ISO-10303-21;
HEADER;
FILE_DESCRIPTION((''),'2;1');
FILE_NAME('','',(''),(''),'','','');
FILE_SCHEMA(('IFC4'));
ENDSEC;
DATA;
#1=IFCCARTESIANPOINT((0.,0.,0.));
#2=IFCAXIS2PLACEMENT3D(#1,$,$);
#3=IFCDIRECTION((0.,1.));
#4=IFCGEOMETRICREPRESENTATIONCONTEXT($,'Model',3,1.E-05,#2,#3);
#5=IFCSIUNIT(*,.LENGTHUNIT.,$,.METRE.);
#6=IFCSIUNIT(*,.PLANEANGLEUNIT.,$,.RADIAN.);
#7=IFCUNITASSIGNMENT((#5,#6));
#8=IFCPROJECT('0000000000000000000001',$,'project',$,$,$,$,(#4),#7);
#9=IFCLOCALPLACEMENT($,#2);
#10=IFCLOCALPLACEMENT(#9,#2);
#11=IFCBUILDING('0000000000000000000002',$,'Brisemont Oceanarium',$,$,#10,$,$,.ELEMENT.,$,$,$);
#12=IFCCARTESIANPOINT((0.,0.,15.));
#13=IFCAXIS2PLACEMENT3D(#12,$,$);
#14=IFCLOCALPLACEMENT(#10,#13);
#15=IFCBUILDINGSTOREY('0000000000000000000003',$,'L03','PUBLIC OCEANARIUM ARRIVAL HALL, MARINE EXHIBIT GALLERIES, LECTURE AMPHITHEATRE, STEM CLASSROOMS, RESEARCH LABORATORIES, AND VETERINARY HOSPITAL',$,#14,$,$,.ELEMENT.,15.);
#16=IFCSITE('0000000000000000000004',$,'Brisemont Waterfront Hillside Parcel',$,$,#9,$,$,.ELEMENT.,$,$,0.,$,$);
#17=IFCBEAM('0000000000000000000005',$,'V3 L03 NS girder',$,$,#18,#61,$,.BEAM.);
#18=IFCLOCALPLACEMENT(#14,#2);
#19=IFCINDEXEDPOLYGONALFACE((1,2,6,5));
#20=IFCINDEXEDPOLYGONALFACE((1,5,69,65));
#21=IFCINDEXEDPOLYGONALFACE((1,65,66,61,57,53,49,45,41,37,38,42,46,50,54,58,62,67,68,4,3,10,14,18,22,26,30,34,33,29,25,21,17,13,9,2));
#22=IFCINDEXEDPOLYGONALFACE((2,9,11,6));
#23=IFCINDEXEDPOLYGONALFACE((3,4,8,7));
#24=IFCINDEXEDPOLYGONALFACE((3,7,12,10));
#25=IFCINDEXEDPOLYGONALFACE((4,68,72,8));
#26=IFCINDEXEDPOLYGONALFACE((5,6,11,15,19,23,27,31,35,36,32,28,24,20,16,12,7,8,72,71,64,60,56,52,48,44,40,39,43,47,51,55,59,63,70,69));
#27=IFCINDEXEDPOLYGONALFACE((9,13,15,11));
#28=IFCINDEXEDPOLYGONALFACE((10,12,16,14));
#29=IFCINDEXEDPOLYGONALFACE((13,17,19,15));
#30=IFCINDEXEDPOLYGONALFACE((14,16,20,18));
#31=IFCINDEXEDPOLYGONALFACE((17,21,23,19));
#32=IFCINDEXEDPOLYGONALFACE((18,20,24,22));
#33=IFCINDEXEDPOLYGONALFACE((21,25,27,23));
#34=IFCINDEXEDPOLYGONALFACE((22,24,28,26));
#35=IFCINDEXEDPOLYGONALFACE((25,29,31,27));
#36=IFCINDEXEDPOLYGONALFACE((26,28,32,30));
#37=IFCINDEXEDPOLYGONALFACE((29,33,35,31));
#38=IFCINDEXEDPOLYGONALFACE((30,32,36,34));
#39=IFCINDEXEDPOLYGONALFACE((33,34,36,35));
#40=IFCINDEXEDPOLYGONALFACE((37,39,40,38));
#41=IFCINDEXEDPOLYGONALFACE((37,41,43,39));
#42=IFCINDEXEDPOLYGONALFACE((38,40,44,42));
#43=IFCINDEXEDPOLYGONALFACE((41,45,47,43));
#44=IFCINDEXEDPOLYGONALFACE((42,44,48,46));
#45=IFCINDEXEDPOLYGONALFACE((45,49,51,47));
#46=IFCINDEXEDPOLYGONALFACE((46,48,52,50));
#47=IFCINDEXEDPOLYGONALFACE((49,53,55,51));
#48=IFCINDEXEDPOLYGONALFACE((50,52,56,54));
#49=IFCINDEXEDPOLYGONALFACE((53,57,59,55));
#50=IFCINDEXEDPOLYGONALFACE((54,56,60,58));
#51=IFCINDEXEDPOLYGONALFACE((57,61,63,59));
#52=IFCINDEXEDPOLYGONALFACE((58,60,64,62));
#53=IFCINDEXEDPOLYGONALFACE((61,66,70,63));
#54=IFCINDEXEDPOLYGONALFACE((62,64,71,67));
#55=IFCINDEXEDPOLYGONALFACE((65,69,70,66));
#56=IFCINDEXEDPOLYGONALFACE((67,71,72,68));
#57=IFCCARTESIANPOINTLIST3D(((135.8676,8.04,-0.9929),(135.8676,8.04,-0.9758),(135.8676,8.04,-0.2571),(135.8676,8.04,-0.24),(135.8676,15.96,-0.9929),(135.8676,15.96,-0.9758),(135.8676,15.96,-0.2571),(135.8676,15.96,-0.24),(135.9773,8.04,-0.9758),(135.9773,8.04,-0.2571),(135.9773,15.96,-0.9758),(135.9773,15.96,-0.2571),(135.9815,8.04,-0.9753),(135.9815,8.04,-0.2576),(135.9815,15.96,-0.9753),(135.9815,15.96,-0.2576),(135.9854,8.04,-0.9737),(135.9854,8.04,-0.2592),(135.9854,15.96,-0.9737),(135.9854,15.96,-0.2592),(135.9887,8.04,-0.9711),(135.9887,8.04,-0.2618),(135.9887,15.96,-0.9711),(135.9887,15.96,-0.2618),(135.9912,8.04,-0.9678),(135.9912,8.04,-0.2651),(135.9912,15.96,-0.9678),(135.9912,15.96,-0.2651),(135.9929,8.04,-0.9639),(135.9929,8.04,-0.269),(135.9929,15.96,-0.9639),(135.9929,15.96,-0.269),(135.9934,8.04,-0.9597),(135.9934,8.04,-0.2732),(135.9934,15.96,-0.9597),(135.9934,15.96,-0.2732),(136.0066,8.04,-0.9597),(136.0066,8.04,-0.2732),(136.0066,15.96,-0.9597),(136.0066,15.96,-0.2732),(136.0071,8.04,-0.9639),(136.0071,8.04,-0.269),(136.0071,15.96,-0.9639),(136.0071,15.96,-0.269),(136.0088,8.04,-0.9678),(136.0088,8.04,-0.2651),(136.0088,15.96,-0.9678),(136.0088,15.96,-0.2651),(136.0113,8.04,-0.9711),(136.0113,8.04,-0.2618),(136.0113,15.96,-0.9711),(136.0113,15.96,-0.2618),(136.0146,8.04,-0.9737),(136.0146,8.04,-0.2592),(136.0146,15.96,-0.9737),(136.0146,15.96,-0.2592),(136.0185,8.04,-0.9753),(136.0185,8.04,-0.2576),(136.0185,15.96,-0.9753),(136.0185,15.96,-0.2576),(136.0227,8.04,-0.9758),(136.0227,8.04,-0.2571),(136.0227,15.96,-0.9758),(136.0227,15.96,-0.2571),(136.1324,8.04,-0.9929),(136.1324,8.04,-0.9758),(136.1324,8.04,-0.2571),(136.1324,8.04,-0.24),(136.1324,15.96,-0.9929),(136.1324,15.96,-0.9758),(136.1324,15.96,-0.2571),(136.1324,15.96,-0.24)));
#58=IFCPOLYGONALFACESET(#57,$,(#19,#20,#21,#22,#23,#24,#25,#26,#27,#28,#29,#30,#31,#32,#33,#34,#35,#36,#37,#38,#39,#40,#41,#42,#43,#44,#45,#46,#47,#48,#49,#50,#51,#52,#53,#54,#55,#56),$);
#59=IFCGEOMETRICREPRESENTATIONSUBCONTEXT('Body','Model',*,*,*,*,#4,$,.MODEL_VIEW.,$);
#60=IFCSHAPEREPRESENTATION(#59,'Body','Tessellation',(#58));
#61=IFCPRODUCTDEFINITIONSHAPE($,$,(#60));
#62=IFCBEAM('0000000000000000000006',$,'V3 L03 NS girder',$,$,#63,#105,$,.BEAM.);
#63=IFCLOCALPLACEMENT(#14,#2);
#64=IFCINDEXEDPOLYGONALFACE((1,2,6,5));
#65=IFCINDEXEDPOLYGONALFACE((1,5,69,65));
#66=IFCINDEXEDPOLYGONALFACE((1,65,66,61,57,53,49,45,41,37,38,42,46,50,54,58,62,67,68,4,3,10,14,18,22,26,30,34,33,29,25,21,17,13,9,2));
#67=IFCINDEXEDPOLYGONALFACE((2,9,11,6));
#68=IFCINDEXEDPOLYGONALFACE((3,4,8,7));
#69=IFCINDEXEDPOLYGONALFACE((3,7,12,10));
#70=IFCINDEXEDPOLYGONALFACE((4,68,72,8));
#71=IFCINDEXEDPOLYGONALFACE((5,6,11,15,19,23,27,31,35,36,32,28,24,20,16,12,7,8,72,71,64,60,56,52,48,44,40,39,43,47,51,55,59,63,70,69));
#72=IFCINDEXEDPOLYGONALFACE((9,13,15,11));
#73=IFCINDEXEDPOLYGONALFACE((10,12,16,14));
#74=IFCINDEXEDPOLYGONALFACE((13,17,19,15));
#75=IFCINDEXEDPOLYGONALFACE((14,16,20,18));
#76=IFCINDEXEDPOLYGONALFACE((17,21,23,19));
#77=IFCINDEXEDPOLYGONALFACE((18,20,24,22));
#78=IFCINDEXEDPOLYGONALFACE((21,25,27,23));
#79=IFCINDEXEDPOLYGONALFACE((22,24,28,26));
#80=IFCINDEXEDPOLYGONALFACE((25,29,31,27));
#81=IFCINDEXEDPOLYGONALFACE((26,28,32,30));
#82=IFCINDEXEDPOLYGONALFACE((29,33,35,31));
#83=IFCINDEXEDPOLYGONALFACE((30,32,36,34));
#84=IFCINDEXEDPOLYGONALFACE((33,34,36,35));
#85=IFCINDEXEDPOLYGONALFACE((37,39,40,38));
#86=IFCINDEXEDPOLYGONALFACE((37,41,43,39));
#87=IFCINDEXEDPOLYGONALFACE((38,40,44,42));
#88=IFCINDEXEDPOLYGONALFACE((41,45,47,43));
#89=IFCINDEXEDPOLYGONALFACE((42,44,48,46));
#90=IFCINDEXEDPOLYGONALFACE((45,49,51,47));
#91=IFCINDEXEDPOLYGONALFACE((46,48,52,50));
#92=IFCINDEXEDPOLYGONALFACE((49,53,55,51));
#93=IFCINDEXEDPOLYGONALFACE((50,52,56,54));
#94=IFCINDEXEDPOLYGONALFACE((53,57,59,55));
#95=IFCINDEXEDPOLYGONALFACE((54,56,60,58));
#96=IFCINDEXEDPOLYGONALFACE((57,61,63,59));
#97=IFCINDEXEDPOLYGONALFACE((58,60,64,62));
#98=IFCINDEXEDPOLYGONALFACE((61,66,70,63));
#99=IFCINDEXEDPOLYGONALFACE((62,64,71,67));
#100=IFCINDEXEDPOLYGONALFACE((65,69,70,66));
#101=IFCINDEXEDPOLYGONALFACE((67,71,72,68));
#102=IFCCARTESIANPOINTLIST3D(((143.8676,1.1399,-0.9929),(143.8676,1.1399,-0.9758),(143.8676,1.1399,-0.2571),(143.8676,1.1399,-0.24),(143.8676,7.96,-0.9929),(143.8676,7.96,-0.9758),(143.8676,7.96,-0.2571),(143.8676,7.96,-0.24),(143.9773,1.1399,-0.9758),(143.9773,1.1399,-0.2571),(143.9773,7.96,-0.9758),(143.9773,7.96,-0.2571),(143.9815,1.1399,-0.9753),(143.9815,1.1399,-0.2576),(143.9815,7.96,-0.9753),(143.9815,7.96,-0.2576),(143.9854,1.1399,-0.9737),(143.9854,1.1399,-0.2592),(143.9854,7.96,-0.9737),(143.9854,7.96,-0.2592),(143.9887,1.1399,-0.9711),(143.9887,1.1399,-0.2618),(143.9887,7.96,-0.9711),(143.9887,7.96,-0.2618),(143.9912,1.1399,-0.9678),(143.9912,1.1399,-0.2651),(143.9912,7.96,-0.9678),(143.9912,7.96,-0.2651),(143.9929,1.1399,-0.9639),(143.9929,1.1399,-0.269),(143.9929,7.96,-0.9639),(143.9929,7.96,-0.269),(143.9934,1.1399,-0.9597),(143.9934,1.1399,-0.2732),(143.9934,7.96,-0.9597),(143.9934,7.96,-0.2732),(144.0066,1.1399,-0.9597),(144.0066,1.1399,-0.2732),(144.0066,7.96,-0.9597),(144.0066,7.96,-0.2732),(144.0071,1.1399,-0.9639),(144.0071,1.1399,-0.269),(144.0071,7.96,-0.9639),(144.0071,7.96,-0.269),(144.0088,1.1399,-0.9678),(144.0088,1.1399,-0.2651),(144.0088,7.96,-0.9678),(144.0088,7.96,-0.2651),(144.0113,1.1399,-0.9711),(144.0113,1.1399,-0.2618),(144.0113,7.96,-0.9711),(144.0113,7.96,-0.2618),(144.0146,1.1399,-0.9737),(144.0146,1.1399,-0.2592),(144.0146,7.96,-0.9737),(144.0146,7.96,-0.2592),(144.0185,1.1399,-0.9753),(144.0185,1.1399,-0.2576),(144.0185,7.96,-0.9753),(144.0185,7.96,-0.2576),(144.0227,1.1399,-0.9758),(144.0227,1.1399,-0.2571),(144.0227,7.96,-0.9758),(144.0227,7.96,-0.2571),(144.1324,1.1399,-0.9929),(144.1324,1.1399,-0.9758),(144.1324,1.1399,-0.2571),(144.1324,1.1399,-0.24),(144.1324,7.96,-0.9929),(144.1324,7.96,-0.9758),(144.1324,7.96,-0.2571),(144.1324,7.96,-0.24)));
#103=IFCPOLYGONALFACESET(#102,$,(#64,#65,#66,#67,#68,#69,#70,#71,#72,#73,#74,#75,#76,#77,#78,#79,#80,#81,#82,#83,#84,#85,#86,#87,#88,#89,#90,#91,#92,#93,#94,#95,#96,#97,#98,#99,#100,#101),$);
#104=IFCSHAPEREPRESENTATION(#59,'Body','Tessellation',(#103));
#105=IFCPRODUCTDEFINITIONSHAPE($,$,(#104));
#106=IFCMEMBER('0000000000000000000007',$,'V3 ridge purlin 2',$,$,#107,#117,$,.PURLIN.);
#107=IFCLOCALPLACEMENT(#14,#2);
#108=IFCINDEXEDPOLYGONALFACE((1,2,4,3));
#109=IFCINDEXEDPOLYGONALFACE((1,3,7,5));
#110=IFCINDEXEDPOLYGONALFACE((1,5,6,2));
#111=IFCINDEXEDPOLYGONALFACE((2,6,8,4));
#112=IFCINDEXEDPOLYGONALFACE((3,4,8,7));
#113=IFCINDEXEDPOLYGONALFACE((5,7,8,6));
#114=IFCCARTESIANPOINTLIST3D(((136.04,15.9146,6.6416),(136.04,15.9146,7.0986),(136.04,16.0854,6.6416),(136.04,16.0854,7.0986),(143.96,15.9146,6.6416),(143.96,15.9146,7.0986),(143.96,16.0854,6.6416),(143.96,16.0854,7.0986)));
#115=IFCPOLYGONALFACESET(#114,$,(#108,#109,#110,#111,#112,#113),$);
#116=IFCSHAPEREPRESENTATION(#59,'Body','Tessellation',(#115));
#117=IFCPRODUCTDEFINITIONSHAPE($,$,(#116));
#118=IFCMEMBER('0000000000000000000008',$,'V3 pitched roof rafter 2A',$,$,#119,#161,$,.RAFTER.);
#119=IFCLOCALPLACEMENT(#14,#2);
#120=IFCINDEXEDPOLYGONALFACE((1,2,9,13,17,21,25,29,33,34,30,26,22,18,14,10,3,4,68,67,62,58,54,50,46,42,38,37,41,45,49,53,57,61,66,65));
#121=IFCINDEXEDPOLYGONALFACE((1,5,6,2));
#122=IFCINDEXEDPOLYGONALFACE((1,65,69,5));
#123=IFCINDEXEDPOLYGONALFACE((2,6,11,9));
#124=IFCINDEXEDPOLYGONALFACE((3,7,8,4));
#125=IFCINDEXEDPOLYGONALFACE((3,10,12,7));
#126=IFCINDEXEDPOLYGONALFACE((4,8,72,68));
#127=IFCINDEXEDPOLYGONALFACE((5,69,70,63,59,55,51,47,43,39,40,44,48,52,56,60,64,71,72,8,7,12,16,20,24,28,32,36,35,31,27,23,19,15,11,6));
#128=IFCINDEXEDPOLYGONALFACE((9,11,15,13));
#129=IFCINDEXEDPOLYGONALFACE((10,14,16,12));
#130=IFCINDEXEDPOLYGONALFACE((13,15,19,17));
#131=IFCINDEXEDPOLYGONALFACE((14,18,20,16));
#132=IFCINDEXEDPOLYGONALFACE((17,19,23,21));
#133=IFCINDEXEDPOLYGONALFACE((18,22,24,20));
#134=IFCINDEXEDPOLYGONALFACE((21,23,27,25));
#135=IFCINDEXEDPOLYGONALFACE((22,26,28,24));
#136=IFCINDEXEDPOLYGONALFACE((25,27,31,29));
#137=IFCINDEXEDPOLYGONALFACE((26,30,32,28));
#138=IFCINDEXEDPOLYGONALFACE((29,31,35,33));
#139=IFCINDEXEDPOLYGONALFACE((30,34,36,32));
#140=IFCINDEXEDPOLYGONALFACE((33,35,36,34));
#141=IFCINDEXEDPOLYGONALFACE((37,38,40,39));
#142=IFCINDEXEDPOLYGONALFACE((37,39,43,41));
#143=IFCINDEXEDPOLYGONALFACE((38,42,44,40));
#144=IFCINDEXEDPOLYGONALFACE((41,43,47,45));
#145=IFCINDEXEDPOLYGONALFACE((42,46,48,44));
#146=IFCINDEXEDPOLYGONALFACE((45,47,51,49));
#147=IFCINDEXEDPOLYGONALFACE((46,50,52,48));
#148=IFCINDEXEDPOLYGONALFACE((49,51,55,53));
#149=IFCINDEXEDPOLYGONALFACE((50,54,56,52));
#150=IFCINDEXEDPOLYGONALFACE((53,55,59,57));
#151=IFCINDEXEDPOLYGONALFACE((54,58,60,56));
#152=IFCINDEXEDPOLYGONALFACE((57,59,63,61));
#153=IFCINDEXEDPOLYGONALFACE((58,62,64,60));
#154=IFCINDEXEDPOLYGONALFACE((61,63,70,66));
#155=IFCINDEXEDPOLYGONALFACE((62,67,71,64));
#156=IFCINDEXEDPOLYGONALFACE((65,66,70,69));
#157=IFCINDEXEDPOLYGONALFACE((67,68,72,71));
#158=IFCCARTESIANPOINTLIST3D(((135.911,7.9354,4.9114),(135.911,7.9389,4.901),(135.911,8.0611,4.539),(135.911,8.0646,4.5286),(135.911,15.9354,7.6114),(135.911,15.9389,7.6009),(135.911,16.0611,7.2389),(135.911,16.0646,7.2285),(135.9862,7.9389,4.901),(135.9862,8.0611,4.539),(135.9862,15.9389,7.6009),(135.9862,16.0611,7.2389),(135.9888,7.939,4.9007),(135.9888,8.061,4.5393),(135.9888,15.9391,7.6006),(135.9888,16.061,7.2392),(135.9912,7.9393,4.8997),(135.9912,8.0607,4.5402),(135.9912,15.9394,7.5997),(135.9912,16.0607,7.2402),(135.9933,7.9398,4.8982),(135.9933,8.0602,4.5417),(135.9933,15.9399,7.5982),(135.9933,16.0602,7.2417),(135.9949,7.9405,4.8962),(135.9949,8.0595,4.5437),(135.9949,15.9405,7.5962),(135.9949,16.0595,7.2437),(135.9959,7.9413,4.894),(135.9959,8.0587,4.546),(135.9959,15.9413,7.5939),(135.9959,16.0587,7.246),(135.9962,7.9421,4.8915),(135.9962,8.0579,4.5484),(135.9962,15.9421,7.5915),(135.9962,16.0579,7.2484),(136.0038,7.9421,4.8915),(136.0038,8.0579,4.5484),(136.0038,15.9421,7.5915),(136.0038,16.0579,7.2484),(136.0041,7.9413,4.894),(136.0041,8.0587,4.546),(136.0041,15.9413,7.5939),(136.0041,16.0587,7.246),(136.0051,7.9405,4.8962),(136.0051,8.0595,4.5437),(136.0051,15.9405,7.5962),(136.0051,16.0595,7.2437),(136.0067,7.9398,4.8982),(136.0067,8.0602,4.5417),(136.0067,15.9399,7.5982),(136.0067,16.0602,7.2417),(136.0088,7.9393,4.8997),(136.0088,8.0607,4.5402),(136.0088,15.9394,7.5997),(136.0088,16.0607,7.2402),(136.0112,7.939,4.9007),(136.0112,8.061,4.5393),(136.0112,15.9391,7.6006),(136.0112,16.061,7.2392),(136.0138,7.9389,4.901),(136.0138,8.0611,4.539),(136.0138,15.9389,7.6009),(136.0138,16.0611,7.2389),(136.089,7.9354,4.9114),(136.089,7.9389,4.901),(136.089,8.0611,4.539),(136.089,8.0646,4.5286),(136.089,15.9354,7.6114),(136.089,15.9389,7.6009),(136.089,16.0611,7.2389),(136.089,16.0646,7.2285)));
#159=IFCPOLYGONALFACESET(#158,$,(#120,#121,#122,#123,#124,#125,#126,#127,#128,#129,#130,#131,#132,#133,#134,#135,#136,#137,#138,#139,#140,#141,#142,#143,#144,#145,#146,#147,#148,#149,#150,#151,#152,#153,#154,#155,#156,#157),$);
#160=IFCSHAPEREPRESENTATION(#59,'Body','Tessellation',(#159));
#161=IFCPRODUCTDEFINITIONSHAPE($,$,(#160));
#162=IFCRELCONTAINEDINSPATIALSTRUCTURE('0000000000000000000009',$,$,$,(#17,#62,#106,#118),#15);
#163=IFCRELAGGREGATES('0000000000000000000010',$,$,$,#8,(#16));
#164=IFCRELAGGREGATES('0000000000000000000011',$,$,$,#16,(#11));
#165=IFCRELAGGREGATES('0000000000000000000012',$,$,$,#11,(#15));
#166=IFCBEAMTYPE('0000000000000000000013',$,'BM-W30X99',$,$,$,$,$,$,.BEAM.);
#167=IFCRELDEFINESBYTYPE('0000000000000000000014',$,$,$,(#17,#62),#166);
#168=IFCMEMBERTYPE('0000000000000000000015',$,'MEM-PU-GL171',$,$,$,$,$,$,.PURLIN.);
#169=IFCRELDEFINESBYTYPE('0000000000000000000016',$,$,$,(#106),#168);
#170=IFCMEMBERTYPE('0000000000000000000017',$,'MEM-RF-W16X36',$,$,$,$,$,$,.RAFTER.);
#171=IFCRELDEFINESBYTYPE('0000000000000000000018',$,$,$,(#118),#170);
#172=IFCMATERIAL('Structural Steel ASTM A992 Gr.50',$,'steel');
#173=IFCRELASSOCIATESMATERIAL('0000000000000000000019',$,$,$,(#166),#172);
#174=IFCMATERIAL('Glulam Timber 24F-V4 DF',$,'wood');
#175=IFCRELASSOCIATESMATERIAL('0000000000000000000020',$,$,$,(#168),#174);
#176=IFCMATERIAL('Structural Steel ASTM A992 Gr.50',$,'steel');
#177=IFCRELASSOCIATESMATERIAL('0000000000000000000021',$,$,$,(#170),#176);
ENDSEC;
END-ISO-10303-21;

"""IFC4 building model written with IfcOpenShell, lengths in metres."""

from ifc_helpers import new_model, si_unit, direction, frame, origin, origin_2d, place, context, subcontext, project, spatial, rectangle, i_section, extrude, material, material_profile, profile_set, type_object, element, save


model = new_model("IFC4")

# Units and contexts
model_context = context("Model", 3, precision=1e-05, world=origin(), true_north=direction((0.0, 1.0)))
body_context = subcontext(model_context, "Body", "Model", "MODEL_VIEW")
ifc_project = project(units=[si_unit("LENGTHUNIT", "METRE"), si_unit("PLANEANGLEUNIT", "RADIAN")], contexts=[model_context])

# Site, building, storey
site_placement = place(None, origin())
site = spatial("IfcSite", under=ifc_project, at=site_placement, Name="Brisemont Waterfront Hillside Parcel", CompositionType="ELEMENT", RefElevation=0.0)
building_placement = place(site_placement, origin())
building = spatial("IfcBuilding", under=site, at=building_placement, Name="Brisemont Oceanarium", CompositionType="ELEMENT")
storey_placement = place(building_placement, frame((0.0, 0.0, 15.0)))
storey = spatial("IfcBuildingStorey", under=building, at=storey_placement, Name="L03", Description="PUBLIC OCEANARIUM ARRIVAL HALL, MARINE EXHIBIT GALLERIES, LECTURE AMPHITHEATRE, STEM CLASSROOMS, RESEARCH LABORATORIES, AND VETERINARY HOSPITAL", CompositionType="ELEMENT", Elevation=15.0)

# Beams
ifc_material_1 = material(Name="Structural Steel ASTM A992 Gr.50", Category="steel")
ifc_material_profile_1 = material_profile(ifc_material_1, i_section(OverallWidth=0.2649, OverallDepth=0.7529, WebThickness=0.0132, FlangeThickness=0.0171, FilletRadius=0.0161, at=origin_2d()), Name="W30X99")
ifc_profile_set_1 = profile_set([ifc_material_profile_1], Name="Structural Steel ASTM A992 Gr.50")
beam_type_1 = type_object("IfcBeamType", Name="BM-W30X99", PredefinedType="BEAM", material=ifc_profile_set_1)
for number, where, z_axis, x_axis, name in (
    (1, (136.0, 8.04, -0.6165), (0.0, 1.0, 0.0), (-1.0, 0.0, 0.0), "V3 L03 NS girder"),
):
    element("IfcBeam", number, at=place(storey_placement, frame(where, z_axis=z_axis, x_axis=x_axis)), inside=storey, type_object=beam_type_1, Name=name, PredefinedType="BEAM", context=body_context, shape_type="SweptSolid", body=[
        extrude(i_section(OverallWidth=0.2649, OverallDepth=0.7529, WebThickness=0.0132, FlangeThickness=0.0171, FilletRadius=0.0161, at=origin_2d()), origin(), (0.0, 0.0, 1.0), 7.9199),
    ])
beam_1_placement = place(storey_placement, frame((144.0, 1.1399, -0.6165), z_axis=(0.0, 1.0, 0.0), x_axis=(-1.0, 0.0, 0.0)))
element("IfcBeam", 2, at=beam_1_placement, inside=storey, type_object=beam_type_1, Name="V3 L03 NS girder", PredefinedType="BEAM", context=body_context, shape_type="SweptSolid", body=[
    extrude(i_section(OverallWidth=0.2649, OverallDepth=0.7529, WebThickness=0.0132, FlangeThickness=0.0171, FilletRadius=0.0161, at=origin_2d()), origin(), (0.0, 0.0, 1.0), 6.8201),
])

# Members
ifc_material_2 = material(Name="Glulam Timber 24F-V4 DF", Category="wood")
ifc_material_profile_2 = material_profile(ifc_material_2, rectangle(XDim=0.1709, YDim=0.457, at=origin_2d()), Name="GL-171X457")
ifc_profile_set_2 = profile_set([ifc_material_profile_2], Name="Glulam Timber 24F-V4 DF")
member_type_1 = type_object("IfcMemberType", Name="MEM-PU-GL171", PredefinedType="PURLIN", material=ifc_profile_set_2)
member_placement = place(storey_placement, frame((136.04, 16.0, 6.8701), z_axis=(1.0, 0.0, 0.0), x_axis=(0.0, 1.0, 0.0)))
element("IfcMember", 3, at=member_placement, inside=storey, type_object=member_type_1, Name="V3 ridge purlin 2", PredefinedType="PURLIN", context=body_context, shape_type="SweptSolid", body=[
    extrude(rectangle(XDim=0.1709, YDim=0.457, at=origin_2d()), origin(), (0.0, 0.0, 1.0), 7.9199),
])
ifc_material_3 = material(Name="Structural Steel ASTM A992 Gr.50", Category="steel")
ifc_material_profile_3 = material_profile(ifc_material_3, i_section(OverallWidth=0.178, OverallDepth=0.4041, WebThickness=0.0076, FlangeThickness=0.011, FilletRadius=0.01, at=origin_2d()), Name="W16X36")
ifc_profile_set_3 = profile_set([ifc_material_profile_3], Name="Structural Steel ASTM A992 Gr.50")
member_type_2 = type_object("IfcMemberType", Name="MEM-RF-W16X36", PredefinedType="RAFTER", material=ifc_profile_set_3)
for number, where, z_axis, x_axis, name in (
    (4, (136.0, 8.0, 4.72), (0.0, 0.947494, 0.319773), (-1.0, 0.0, 0.0), "V3 pitched roof rafter 2A"),
):
    element("IfcMember", number, at=place(storey_placement, frame(where, z_axis=z_axis, x_axis=x_axis)), inside=storey, type_object=member_type_2, Name=name, PredefinedType="RAFTER", context=body_context, shape_type="SweptSolid", body=[
        extrude(i_section(OverallWidth=0.178, OverallDepth=0.4041, WebThickness=0.0076, FlangeThickness=0.011, FilletRadius=0.01, at=origin_2d()), origin(), (0.0, 0.0, 1.0), 8.4434),
    ])

save(model, "model.ifc")
